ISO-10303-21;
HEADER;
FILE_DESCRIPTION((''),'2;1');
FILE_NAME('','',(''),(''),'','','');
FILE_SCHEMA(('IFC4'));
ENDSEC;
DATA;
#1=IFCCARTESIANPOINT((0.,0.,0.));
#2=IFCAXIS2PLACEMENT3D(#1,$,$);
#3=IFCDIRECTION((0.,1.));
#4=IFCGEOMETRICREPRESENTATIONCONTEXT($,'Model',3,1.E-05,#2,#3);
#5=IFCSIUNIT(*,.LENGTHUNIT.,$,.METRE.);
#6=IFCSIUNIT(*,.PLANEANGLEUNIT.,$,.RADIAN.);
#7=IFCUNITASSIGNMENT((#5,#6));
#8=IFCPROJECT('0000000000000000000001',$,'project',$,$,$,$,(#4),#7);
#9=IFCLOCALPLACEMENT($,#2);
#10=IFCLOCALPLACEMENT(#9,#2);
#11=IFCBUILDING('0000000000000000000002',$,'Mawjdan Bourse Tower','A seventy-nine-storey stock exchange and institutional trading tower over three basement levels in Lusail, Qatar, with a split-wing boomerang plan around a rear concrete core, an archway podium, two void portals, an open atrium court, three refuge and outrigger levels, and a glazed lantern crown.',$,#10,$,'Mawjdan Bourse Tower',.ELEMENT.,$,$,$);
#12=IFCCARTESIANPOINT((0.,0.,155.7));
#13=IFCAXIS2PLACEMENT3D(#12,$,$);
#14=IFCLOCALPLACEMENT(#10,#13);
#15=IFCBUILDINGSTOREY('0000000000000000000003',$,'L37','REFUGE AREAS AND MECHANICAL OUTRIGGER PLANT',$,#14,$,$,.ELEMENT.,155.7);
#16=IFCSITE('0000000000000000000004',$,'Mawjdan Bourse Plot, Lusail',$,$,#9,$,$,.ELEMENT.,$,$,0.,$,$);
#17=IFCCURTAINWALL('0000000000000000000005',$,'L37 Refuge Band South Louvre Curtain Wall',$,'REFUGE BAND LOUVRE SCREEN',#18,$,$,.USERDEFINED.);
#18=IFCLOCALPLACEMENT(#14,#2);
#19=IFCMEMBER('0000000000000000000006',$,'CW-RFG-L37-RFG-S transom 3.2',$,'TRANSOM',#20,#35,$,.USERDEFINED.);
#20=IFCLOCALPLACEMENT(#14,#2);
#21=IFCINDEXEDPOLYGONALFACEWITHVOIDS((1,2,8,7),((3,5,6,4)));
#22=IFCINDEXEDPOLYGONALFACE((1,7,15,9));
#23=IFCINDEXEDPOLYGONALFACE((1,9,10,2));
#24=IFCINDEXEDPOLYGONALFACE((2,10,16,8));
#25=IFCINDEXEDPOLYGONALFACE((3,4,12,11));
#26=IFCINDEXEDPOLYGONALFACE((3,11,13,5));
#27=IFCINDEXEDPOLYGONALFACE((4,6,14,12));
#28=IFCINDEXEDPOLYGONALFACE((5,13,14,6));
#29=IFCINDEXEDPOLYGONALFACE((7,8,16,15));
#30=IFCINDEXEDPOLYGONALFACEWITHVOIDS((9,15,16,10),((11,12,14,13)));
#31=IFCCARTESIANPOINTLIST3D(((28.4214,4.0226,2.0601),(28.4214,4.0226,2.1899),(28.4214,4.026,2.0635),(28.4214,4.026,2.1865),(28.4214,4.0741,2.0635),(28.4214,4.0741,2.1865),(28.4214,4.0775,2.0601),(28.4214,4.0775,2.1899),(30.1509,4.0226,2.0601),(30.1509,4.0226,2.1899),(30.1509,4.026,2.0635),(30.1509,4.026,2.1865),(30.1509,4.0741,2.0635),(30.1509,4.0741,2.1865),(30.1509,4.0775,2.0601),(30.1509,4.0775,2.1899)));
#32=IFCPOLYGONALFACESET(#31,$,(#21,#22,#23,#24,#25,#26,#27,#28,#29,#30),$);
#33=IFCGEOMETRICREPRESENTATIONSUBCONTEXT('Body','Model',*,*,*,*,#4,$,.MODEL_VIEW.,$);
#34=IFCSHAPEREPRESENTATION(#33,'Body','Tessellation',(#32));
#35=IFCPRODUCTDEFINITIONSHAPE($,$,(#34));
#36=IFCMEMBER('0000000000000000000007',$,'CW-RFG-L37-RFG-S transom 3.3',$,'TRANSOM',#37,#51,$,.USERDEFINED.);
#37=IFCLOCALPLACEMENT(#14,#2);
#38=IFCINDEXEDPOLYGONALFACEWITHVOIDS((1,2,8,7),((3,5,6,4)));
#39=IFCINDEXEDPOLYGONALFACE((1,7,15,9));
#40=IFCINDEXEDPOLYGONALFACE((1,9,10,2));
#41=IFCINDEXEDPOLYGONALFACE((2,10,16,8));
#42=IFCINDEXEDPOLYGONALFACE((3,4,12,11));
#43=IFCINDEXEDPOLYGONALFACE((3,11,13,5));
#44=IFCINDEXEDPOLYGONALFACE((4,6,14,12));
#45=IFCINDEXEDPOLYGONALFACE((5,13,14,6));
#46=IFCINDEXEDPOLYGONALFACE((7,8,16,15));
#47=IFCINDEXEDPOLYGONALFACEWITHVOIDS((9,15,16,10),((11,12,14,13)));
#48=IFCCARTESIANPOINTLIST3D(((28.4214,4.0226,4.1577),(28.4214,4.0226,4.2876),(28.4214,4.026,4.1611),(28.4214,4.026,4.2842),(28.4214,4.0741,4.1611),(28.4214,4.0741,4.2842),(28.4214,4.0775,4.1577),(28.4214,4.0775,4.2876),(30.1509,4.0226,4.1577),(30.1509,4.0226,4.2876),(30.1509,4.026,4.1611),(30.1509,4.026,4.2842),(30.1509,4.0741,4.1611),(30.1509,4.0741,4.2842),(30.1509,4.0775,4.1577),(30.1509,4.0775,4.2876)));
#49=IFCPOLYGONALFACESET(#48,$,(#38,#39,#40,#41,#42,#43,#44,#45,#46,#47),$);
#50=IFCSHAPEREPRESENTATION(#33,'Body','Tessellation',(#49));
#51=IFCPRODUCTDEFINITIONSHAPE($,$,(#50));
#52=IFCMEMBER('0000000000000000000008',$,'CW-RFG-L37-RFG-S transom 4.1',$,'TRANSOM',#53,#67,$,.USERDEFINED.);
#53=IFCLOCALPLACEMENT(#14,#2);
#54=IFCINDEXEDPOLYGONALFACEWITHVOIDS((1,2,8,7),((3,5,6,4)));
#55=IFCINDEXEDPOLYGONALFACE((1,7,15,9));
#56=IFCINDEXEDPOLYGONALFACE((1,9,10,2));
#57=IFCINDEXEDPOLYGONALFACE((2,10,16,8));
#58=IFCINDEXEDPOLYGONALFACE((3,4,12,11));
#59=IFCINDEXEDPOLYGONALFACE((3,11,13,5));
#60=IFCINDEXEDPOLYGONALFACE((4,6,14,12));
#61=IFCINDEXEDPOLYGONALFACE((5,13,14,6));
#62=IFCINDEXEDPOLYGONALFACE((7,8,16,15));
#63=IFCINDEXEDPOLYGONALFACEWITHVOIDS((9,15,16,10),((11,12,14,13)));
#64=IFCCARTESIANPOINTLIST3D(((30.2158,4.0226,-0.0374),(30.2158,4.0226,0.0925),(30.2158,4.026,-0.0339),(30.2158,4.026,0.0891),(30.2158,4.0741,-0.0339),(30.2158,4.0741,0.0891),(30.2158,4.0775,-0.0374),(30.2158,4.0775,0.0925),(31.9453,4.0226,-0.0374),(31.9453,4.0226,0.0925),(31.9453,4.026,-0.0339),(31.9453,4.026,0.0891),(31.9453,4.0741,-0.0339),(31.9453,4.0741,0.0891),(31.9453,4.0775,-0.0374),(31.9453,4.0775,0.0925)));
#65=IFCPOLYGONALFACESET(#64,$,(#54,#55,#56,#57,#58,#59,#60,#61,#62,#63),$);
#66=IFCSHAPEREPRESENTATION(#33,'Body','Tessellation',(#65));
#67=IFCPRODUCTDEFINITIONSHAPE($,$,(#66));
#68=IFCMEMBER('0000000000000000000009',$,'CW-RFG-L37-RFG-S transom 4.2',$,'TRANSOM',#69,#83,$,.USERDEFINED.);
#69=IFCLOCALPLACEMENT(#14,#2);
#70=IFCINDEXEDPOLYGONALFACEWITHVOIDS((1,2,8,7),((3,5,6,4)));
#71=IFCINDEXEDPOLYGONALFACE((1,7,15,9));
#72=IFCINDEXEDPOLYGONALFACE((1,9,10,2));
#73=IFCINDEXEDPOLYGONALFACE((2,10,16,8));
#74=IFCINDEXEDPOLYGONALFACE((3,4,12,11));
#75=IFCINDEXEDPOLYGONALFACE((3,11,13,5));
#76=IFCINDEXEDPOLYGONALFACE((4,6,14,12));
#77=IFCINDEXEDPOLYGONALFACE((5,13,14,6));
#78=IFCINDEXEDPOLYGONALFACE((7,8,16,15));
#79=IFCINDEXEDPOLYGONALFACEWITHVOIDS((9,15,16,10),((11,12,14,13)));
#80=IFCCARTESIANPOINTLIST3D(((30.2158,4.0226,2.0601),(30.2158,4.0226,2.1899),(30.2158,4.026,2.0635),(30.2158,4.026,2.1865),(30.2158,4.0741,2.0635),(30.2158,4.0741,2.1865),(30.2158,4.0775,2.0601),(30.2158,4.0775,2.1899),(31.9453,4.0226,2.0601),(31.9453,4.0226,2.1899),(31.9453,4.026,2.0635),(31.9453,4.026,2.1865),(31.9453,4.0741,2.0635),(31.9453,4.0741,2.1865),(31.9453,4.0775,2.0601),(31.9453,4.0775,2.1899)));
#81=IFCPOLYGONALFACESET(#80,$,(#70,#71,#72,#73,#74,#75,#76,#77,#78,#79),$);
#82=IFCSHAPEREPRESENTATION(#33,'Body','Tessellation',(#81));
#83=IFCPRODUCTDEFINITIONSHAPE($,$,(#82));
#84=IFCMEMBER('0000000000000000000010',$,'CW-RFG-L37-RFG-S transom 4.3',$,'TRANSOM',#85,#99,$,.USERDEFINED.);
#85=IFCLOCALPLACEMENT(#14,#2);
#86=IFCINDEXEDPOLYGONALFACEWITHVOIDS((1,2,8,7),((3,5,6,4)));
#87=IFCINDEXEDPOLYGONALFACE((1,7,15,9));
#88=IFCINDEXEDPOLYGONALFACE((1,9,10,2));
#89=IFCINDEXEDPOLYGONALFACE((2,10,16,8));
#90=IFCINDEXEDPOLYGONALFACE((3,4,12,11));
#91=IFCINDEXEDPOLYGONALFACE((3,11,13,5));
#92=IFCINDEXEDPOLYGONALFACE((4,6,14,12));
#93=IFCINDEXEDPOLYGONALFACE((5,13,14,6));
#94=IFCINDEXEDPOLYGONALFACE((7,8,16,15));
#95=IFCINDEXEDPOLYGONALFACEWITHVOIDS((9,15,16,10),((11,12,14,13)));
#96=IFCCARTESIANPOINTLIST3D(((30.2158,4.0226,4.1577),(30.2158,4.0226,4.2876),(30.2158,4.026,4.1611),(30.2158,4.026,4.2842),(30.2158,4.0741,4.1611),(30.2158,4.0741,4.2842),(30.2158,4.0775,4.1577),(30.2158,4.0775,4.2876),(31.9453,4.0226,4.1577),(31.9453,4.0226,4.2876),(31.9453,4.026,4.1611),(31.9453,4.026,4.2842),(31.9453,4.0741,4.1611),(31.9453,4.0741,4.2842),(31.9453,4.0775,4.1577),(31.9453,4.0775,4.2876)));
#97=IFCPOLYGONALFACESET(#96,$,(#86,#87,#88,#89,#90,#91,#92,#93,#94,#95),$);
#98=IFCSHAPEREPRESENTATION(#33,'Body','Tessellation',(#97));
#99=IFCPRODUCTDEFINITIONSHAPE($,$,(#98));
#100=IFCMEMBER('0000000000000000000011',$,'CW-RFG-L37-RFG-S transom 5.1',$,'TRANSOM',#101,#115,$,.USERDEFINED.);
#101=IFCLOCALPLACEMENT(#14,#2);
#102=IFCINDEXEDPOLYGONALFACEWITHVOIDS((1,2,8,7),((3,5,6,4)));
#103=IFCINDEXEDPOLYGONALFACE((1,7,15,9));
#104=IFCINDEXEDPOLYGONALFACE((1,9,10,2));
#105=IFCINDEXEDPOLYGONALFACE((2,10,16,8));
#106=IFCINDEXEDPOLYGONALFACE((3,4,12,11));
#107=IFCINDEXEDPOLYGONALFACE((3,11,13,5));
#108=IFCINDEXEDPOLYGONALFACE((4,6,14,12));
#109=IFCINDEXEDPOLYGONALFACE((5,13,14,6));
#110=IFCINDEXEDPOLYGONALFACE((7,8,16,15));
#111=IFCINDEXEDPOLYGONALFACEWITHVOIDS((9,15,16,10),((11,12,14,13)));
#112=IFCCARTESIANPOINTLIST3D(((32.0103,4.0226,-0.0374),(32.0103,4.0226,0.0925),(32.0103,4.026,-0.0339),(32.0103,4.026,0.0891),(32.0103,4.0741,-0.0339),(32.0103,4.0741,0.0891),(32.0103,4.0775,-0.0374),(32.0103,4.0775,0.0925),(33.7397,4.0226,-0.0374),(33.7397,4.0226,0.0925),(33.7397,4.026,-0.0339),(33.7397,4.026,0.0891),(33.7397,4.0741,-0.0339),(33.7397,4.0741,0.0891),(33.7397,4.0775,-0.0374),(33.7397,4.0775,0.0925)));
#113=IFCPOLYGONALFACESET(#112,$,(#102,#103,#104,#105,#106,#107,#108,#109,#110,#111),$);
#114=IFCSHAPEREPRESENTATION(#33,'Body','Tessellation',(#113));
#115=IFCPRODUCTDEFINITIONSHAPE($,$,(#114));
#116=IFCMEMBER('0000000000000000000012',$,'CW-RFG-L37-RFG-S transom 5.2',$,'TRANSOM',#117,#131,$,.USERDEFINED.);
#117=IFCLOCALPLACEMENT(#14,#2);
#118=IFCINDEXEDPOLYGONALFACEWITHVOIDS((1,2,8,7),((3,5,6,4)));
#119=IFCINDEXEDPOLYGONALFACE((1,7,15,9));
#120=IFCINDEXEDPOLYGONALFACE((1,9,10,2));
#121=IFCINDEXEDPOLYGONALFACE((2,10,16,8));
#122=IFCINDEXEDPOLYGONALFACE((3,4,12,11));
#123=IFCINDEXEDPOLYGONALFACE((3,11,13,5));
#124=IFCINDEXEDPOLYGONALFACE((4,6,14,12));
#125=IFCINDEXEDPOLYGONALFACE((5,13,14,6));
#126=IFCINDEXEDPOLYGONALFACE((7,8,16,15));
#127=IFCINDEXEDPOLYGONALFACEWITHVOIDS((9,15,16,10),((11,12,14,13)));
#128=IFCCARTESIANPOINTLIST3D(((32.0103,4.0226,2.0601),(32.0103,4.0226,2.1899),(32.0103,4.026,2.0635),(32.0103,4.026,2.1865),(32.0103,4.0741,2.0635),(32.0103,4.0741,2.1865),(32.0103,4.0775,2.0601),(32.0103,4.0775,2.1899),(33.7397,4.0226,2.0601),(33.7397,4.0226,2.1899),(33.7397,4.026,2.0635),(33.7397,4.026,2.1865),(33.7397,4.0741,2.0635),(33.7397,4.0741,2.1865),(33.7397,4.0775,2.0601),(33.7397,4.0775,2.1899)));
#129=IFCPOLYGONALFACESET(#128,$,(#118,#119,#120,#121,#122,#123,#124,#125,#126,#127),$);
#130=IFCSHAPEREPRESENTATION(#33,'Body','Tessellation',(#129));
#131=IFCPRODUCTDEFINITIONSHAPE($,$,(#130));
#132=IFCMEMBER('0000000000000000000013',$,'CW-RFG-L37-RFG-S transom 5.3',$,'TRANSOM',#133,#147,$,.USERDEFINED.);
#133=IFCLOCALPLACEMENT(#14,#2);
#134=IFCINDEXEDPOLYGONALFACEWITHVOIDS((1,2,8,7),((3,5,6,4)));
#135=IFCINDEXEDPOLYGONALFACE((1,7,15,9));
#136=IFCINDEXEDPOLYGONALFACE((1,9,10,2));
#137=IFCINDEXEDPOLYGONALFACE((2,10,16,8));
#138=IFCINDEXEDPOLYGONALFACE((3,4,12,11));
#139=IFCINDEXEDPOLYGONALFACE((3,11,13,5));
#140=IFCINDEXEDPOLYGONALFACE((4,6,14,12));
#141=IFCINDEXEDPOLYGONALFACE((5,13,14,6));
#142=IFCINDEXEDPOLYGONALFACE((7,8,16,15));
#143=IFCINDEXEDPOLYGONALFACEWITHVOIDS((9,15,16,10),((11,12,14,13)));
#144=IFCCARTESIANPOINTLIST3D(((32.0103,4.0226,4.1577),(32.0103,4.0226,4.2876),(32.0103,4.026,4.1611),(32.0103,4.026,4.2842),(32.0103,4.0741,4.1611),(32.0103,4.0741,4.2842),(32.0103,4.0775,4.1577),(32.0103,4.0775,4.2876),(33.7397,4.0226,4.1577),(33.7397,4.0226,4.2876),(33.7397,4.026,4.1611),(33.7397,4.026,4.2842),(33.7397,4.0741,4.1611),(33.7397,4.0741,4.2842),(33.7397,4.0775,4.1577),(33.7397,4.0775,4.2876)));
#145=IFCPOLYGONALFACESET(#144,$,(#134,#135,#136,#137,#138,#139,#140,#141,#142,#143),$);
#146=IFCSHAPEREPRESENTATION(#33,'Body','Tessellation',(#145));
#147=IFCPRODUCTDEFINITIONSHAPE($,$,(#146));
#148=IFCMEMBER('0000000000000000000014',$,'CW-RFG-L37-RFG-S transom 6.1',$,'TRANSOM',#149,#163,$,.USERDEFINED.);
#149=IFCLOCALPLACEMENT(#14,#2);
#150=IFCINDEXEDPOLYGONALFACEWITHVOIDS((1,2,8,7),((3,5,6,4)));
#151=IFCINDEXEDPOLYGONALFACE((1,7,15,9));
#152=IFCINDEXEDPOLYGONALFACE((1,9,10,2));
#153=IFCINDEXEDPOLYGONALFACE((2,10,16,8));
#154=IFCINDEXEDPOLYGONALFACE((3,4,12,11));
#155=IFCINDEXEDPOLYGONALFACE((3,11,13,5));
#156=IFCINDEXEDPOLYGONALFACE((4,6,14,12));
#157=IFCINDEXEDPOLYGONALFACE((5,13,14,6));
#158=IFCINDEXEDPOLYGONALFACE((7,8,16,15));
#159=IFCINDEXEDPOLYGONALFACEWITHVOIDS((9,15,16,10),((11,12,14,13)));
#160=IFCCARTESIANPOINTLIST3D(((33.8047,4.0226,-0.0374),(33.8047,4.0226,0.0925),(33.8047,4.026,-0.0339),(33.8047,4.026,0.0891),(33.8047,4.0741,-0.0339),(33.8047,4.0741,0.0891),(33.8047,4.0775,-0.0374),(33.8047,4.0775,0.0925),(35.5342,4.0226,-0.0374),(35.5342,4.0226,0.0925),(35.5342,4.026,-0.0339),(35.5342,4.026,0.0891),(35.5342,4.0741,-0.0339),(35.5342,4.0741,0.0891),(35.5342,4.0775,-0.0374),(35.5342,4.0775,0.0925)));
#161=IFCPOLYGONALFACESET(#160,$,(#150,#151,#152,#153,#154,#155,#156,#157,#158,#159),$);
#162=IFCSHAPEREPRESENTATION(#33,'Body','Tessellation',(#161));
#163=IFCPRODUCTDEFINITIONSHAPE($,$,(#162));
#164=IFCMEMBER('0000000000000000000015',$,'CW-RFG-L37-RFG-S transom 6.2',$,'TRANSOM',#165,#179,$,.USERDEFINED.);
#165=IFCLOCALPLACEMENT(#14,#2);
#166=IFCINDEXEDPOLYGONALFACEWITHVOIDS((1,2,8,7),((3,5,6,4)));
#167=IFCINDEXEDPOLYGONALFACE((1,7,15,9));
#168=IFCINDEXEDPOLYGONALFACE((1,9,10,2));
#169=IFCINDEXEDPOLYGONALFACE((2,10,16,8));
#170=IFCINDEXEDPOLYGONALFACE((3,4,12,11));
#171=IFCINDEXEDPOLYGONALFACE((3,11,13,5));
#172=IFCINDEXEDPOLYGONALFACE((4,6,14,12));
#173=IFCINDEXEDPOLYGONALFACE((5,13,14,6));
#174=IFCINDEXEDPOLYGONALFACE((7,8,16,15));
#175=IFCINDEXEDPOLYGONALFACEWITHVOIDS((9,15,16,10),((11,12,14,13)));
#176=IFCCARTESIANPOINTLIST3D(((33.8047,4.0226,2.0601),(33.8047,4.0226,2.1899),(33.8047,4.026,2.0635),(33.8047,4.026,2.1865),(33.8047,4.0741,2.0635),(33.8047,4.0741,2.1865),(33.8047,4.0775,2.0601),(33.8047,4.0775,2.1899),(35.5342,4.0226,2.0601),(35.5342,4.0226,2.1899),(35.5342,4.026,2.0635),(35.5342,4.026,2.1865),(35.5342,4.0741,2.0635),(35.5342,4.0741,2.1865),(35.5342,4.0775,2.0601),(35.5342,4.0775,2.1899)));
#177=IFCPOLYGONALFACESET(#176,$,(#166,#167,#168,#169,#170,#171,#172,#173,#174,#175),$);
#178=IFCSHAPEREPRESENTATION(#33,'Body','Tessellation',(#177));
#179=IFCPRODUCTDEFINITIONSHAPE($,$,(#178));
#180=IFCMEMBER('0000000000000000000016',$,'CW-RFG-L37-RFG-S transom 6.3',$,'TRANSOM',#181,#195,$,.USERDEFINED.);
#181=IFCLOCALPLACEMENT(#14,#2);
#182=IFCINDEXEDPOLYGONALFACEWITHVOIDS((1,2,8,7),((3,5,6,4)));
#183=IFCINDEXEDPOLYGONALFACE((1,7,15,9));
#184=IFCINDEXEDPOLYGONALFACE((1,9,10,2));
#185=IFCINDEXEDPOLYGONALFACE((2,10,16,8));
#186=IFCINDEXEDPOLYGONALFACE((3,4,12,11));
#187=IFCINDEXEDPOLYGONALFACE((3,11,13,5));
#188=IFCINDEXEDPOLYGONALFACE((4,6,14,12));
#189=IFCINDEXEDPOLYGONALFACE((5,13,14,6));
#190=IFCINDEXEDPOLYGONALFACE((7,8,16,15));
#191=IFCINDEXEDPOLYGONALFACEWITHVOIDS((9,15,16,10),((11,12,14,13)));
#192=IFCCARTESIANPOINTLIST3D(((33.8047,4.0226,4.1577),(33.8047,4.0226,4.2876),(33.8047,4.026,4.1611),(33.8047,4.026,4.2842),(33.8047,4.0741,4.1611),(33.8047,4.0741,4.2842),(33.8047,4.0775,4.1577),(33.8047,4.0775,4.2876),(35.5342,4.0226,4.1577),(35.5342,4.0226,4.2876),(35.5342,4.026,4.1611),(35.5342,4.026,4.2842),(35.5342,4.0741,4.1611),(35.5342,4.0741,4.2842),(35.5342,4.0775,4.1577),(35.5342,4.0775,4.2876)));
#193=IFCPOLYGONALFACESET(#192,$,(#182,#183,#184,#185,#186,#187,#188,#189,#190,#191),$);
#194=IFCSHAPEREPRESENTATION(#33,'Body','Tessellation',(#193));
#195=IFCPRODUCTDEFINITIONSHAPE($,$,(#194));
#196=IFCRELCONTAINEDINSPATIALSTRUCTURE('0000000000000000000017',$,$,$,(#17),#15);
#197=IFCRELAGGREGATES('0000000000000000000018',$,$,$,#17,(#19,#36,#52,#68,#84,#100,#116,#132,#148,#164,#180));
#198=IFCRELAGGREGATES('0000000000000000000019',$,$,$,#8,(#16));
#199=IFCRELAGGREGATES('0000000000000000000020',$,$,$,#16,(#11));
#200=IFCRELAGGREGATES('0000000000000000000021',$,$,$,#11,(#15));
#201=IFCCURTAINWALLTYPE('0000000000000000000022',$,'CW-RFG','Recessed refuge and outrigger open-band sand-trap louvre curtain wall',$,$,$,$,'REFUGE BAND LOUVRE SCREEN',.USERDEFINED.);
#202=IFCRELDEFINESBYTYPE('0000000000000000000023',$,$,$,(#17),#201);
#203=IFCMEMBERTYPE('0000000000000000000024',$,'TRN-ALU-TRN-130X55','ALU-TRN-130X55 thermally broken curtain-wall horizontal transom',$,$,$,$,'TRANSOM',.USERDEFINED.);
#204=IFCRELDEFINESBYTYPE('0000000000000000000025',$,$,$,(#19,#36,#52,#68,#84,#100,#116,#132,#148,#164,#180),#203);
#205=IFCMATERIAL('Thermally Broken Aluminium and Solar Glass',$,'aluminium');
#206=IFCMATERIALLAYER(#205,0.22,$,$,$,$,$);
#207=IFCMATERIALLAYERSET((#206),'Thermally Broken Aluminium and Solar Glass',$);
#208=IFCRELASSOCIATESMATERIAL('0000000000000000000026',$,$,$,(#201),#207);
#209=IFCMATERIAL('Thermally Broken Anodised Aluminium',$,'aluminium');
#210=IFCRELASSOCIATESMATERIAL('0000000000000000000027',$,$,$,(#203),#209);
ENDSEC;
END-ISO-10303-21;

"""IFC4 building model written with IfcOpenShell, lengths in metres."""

from ifc_helpers import new_model, si_unit, direction, frame, origin, origin_2d, place, context, subcontext, project, spatial, hollow_rectangle, extrude, material, layer, layer_set, material_profile, profile_set, type_object, element, aggregate, save


model = new_model("IFC4")

# Units and contexts
model_context = context("Model", 3, precision=1e-05, world=origin(), true_north=direction((0.0, 1.0)))
body_context = subcontext(model_context, "Body", "Model", "MODEL_VIEW")
ifc_project = project(units=[si_unit("LENGTHUNIT", "METRE"), si_unit("PLANEANGLEUNIT", "RADIAN")], contexts=[model_context])

# Site, building, storey
site_placement = place(None, origin())
site = spatial("IfcSite", under=ifc_project, at=site_placement, Name="Mawjdan Bourse Plot, Lusail", CompositionType="ELEMENT", RefElevation=0.0)
building_placement = place(site_placement, origin())
building = spatial("IfcBuilding", under=site, at=building_placement, Name="Mawjdan Bourse Tower", Description="A seventy-nine-storey stock exchange and institutional trading tower over three basement levels in Lusail, Qatar, with a split-wing boomerang plan around a rear concrete core, an archway podium, two void portals, an open atrium court, three refuge and outrigger levels, and a glazed lantern crown.", LongName="Mawjdan Bourse Tower", CompositionType="ELEMENT")
storey_placement = place(building_placement, frame((0.0, 0.0, 155.7)))
storey = spatial("IfcBuildingStorey", under=building, at=storey_placement, Name="L37", Description="REFUGE AREAS AND MECHANICAL OUTRIGGER PLANT", CompositionType="ELEMENT", Elevation=155.7)

# Curtain wall
ifc_material_1 = material(Name="Thermally Broken Aluminium and Solar Glass", Category="aluminium")
ifc_layer_1 = layer(ifc_material_1, 0.22)
ifc_layer_set_1 = layer_set([ifc_layer_1], Name="Thermally Broken Aluminium and Solar Glass")
curtain_wall_type = type_object("IfcCurtainWallType", Name="CW-RFG", Description="Recessed refuge and outrigger open-band sand-trap louvre curtain wall", ElementType="REFUGE BAND LOUVRE SCREEN", PredefinedType="USERDEFINED", material=ifc_layer_set_1)
curtain_wall_placement = place(storey_placement, origin())
curtain_wall = element("IfcCurtainWall", 1, at=curtain_wall_placement, inside=storey, type_object=curtain_wall_type, Name="L37 Refuge Band South Louvre Curtain Wall", ObjectType="REFUGE BAND LOUVRE SCREEN", PredefinedType="USERDEFINED")
ifc_material_2 = material(Name="Thermally Broken Anodised Aluminium", Category="aluminium")

# Members
ifc_material_profile_1 = material_profile(ifc_material_2, hollow_rectangle(XDim=0.0549, YDim=0.1299, WallThickness=0.0034, at=origin_2d()), Name="ALU-TRN-130X55")
ifc_profile_set_1 = profile_set([ifc_material_profile_1], Name="Thermally Broken Anodised Aluminium")
member_type_1 = type_object("IfcMemberType", Name="TRN-ALU-TRN-130X55", Description="ALU-TRN-130X55 thermally broken curtain-wall horizontal transom", ElementType="TRANSOM", PredefinedType="USERDEFINED", material=ifc_profile_set_1)
member_1_placement = place(storey_placement, frame((28.4214, 4.05, 2.125), z_axis=(1.0, 0.0, 0.0), x_axis=(0.0, 1.0, 0.0)))
member_1 = element("IfcMember", 2, at=member_1_placement, type_object=member_type_1, Name="CW-RFG-L37-RFG-S transom 3.2", ObjectType="TRANSOM", PredefinedType="USERDEFINED", context=body_context, shape_type="SweptSolid", body=[
    extrude(hollow_rectangle(XDim=0.0549, YDim=0.1299, WallThickness=0.0034, at=origin_2d()), origin(), (0.0, 0.0, 1.0), 1.7295),
])
member_2_placement = place(storey_placement, frame((28.4214, 4.05, 4.2227), z_axis=(1.0, 0.0, 0.0), x_axis=(0.0, 1.0, 0.0)))
member_2 = element("IfcMember", 3, at=member_2_placement, type_object=member_type_1, Name="CW-RFG-L37-RFG-S transom 3.3", ObjectType="TRANSOM", PredefinedType="USERDEFINED", context=body_context, shape_type="SweptSolid", body=[
    extrude(hollow_rectangle(XDim=0.0549, YDim=0.1299, WallThickness=0.0034, at=origin_2d()), origin(), (0.0, 0.0, 1.0), 1.7295),
])
member_3_placement = place(storey_placement, frame((30.2158, 4.05, 0.0276), z_axis=(1.0, 0.0, 0.0), x_axis=(0.0, 1.0, 0.0)))
member_3 = element("IfcMember", 4, at=member_3_placement, type_object=member_type_1, Name="CW-RFG-L37-RFG-S transom 4.1", ObjectType="TRANSOM", PredefinedType="USERDEFINED", context=body_context, shape_type="SweptSolid", body=[
    extrude(hollow_rectangle(XDim=0.0549, YDim=0.1299, WallThickness=0.0034, at=origin_2d()), origin(), (0.0, 0.0, 1.0), 1.7295),
])
member_4_placement = place(storey_placement, frame((30.2158, 4.05, 2.125), z_axis=(1.0, 0.0, 0.0), x_axis=(0.0, 1.0, 0.0)))
member_4 = element("IfcMember", 5, at=member_4_placement, type_object=member_type_1, Name="CW-RFG-L37-RFG-S transom 4.2", ObjectType="TRANSOM", PredefinedType="USERDEFINED", context=body_context, shape_type="SweptSolid", body=[
    extrude(hollow_rectangle(XDim=0.0549, YDim=0.1299, WallThickness=0.0034, at=origin_2d()), origin(), (0.0, 0.0, 1.0), 1.7295),
])
member_5_placement = place(storey_placement, frame((30.2158, 4.05, 4.2227), z_axis=(1.0, 0.0, 0.0), x_axis=(0.0, 1.0, 0.0)))
member_5 = element("IfcMember", 6, at=member_5_placement, type_object=member_type_1, Name="CW-RFG-L37-RFG-S transom 4.3", ObjectType="TRANSOM", PredefinedType="USERDEFINED", context=body_context, shape_type="SweptSolid", body=[
    extrude(hollow_rectangle(XDim=0.0549, YDim=0.1299, WallThickness=0.0034, at=origin_2d()), origin(), (0.0, 0.0, 1.0), 1.7295),
])
member_6_placement = place(storey_placement, frame((32.0103, 4.05, 0.0276), z_axis=(1.0, 0.0, 0.0), x_axis=(0.0, 1.0, 0.0)))
member_6 = element("IfcMember", 7, at=member_6_placement, type_object=member_type_1, Name="CW-RFG-L37-RFG-S transom 5.1", ObjectType="TRANSOM", PredefinedType="USERDEFINED", context=body_context, shape_type="SweptSolid", body=[
    extrude(hollow_rectangle(XDim=0.0549, YDim=0.1299, WallThickness=0.0034, at=origin_2d()), origin(), (0.0, 0.0, 1.0), 1.7295),
])
member_7_placement = place(storey_placement, frame((32.0103, 4.05, 2.125), z_axis=(1.0, 0.0, 0.0), x_axis=(0.0, 1.0, 0.0)))
member_7 = element("IfcMember", 8, at=member_7_placement, type_object=member_type_1, Name="CW-RFG-L37-RFG-S transom 5.2", ObjectType="TRANSOM", PredefinedType="USERDEFINED", context=body_context, shape_type="SweptSolid", body=[
    extrude(hollow_rectangle(XDim=0.0549, YDim=0.1299, WallThickness=0.0034, at=origin_2d()), origin(), (0.0, 0.0, 1.0), 1.7295),
])
member_8_placement = place(storey_placement, frame((32.0103, 4.05, 4.2227), z_axis=(1.0, 0.0, 0.0), x_axis=(0.0, 1.0, 0.0)))
member_8 = element("IfcMember", 9, at=member_8_placement, type_object=member_type_1, Name="CW-RFG-L37-RFG-S transom 5.3", ObjectType="TRANSOM", PredefinedType="USERDEFINED", context=body_context, shape_type="SweptSolid", body=[
    extrude(hollow_rectangle(XDim=0.0549, YDim=0.1299, WallThickness=0.0034, at=origin_2d()), origin(), (0.0, 0.0, 1.0), 1.7295),
])
member_9_placement = place(storey_placement, frame((33.8047, 4.05, 0.0276), z_axis=(1.0, 0.0, 0.0), x_axis=(0.0, 1.0, 0.0)))
member_9 = element("IfcMember", 10, at=member_9_placement, type_object=member_type_1, Name="CW-RFG-L37-RFG-S transom 6.1", ObjectType="TRANSOM", PredefinedType="USERDEFINED", context=body_context, shape_type="SweptSolid", body=[
    extrude(hollow_rectangle(XDim=0.0549, YDim=0.1299, WallThickness=0.0034, at=origin_2d()), origin(), (0.0, 0.0, 1.0), 1.7295),
])
member_10_placement = place(storey_placement, frame((33.8047, 4.05, 2.125), z_axis=(1.0, 0.0, 0.0), x_axis=(0.0, 1.0, 0.0)))
member_10 = element("IfcMember", 11, at=member_10_placement, type_object=member_type_1, Name="CW-RFG-L37-RFG-S transom 6.2", ObjectType="TRANSOM", PredefinedType="USERDEFINED", context=body_context, shape_type="SweptSolid", body=[
    extrude(hollow_rectangle(XDim=0.0549, YDim=0.1299, WallThickness=0.0034, at=origin_2d()), origin(), (0.0, 0.0, 1.0), 1.7295),
])
member_11_placement = place(storey_placement, frame((33.8047, 4.05, 4.2227), z_axis=(1.0, 0.0, 0.0), x_axis=(0.0, 1.0, 0.0)))
member_11 = element("IfcMember", 12, at=member_11_placement, type_object=member_type_1, Name="CW-RFG-L37-RFG-S transom 6.3", ObjectType="TRANSOM", PredefinedType="USERDEFINED", context=body_context, shape_type="SweptSolid", body=[
    extrude(hollow_rectangle(XDim=0.0549, YDim=0.1299, WallThickness=0.0034, at=origin_2d()), origin(), (0.0, 0.0, 1.0), 1.7295),
])

aggregate(curtain_wall, [member_1, member_2, member_3, member_4, member_5, member_6, member_7, member_8, member_9, member_10, member_11])

save(model, "model.ifc")
